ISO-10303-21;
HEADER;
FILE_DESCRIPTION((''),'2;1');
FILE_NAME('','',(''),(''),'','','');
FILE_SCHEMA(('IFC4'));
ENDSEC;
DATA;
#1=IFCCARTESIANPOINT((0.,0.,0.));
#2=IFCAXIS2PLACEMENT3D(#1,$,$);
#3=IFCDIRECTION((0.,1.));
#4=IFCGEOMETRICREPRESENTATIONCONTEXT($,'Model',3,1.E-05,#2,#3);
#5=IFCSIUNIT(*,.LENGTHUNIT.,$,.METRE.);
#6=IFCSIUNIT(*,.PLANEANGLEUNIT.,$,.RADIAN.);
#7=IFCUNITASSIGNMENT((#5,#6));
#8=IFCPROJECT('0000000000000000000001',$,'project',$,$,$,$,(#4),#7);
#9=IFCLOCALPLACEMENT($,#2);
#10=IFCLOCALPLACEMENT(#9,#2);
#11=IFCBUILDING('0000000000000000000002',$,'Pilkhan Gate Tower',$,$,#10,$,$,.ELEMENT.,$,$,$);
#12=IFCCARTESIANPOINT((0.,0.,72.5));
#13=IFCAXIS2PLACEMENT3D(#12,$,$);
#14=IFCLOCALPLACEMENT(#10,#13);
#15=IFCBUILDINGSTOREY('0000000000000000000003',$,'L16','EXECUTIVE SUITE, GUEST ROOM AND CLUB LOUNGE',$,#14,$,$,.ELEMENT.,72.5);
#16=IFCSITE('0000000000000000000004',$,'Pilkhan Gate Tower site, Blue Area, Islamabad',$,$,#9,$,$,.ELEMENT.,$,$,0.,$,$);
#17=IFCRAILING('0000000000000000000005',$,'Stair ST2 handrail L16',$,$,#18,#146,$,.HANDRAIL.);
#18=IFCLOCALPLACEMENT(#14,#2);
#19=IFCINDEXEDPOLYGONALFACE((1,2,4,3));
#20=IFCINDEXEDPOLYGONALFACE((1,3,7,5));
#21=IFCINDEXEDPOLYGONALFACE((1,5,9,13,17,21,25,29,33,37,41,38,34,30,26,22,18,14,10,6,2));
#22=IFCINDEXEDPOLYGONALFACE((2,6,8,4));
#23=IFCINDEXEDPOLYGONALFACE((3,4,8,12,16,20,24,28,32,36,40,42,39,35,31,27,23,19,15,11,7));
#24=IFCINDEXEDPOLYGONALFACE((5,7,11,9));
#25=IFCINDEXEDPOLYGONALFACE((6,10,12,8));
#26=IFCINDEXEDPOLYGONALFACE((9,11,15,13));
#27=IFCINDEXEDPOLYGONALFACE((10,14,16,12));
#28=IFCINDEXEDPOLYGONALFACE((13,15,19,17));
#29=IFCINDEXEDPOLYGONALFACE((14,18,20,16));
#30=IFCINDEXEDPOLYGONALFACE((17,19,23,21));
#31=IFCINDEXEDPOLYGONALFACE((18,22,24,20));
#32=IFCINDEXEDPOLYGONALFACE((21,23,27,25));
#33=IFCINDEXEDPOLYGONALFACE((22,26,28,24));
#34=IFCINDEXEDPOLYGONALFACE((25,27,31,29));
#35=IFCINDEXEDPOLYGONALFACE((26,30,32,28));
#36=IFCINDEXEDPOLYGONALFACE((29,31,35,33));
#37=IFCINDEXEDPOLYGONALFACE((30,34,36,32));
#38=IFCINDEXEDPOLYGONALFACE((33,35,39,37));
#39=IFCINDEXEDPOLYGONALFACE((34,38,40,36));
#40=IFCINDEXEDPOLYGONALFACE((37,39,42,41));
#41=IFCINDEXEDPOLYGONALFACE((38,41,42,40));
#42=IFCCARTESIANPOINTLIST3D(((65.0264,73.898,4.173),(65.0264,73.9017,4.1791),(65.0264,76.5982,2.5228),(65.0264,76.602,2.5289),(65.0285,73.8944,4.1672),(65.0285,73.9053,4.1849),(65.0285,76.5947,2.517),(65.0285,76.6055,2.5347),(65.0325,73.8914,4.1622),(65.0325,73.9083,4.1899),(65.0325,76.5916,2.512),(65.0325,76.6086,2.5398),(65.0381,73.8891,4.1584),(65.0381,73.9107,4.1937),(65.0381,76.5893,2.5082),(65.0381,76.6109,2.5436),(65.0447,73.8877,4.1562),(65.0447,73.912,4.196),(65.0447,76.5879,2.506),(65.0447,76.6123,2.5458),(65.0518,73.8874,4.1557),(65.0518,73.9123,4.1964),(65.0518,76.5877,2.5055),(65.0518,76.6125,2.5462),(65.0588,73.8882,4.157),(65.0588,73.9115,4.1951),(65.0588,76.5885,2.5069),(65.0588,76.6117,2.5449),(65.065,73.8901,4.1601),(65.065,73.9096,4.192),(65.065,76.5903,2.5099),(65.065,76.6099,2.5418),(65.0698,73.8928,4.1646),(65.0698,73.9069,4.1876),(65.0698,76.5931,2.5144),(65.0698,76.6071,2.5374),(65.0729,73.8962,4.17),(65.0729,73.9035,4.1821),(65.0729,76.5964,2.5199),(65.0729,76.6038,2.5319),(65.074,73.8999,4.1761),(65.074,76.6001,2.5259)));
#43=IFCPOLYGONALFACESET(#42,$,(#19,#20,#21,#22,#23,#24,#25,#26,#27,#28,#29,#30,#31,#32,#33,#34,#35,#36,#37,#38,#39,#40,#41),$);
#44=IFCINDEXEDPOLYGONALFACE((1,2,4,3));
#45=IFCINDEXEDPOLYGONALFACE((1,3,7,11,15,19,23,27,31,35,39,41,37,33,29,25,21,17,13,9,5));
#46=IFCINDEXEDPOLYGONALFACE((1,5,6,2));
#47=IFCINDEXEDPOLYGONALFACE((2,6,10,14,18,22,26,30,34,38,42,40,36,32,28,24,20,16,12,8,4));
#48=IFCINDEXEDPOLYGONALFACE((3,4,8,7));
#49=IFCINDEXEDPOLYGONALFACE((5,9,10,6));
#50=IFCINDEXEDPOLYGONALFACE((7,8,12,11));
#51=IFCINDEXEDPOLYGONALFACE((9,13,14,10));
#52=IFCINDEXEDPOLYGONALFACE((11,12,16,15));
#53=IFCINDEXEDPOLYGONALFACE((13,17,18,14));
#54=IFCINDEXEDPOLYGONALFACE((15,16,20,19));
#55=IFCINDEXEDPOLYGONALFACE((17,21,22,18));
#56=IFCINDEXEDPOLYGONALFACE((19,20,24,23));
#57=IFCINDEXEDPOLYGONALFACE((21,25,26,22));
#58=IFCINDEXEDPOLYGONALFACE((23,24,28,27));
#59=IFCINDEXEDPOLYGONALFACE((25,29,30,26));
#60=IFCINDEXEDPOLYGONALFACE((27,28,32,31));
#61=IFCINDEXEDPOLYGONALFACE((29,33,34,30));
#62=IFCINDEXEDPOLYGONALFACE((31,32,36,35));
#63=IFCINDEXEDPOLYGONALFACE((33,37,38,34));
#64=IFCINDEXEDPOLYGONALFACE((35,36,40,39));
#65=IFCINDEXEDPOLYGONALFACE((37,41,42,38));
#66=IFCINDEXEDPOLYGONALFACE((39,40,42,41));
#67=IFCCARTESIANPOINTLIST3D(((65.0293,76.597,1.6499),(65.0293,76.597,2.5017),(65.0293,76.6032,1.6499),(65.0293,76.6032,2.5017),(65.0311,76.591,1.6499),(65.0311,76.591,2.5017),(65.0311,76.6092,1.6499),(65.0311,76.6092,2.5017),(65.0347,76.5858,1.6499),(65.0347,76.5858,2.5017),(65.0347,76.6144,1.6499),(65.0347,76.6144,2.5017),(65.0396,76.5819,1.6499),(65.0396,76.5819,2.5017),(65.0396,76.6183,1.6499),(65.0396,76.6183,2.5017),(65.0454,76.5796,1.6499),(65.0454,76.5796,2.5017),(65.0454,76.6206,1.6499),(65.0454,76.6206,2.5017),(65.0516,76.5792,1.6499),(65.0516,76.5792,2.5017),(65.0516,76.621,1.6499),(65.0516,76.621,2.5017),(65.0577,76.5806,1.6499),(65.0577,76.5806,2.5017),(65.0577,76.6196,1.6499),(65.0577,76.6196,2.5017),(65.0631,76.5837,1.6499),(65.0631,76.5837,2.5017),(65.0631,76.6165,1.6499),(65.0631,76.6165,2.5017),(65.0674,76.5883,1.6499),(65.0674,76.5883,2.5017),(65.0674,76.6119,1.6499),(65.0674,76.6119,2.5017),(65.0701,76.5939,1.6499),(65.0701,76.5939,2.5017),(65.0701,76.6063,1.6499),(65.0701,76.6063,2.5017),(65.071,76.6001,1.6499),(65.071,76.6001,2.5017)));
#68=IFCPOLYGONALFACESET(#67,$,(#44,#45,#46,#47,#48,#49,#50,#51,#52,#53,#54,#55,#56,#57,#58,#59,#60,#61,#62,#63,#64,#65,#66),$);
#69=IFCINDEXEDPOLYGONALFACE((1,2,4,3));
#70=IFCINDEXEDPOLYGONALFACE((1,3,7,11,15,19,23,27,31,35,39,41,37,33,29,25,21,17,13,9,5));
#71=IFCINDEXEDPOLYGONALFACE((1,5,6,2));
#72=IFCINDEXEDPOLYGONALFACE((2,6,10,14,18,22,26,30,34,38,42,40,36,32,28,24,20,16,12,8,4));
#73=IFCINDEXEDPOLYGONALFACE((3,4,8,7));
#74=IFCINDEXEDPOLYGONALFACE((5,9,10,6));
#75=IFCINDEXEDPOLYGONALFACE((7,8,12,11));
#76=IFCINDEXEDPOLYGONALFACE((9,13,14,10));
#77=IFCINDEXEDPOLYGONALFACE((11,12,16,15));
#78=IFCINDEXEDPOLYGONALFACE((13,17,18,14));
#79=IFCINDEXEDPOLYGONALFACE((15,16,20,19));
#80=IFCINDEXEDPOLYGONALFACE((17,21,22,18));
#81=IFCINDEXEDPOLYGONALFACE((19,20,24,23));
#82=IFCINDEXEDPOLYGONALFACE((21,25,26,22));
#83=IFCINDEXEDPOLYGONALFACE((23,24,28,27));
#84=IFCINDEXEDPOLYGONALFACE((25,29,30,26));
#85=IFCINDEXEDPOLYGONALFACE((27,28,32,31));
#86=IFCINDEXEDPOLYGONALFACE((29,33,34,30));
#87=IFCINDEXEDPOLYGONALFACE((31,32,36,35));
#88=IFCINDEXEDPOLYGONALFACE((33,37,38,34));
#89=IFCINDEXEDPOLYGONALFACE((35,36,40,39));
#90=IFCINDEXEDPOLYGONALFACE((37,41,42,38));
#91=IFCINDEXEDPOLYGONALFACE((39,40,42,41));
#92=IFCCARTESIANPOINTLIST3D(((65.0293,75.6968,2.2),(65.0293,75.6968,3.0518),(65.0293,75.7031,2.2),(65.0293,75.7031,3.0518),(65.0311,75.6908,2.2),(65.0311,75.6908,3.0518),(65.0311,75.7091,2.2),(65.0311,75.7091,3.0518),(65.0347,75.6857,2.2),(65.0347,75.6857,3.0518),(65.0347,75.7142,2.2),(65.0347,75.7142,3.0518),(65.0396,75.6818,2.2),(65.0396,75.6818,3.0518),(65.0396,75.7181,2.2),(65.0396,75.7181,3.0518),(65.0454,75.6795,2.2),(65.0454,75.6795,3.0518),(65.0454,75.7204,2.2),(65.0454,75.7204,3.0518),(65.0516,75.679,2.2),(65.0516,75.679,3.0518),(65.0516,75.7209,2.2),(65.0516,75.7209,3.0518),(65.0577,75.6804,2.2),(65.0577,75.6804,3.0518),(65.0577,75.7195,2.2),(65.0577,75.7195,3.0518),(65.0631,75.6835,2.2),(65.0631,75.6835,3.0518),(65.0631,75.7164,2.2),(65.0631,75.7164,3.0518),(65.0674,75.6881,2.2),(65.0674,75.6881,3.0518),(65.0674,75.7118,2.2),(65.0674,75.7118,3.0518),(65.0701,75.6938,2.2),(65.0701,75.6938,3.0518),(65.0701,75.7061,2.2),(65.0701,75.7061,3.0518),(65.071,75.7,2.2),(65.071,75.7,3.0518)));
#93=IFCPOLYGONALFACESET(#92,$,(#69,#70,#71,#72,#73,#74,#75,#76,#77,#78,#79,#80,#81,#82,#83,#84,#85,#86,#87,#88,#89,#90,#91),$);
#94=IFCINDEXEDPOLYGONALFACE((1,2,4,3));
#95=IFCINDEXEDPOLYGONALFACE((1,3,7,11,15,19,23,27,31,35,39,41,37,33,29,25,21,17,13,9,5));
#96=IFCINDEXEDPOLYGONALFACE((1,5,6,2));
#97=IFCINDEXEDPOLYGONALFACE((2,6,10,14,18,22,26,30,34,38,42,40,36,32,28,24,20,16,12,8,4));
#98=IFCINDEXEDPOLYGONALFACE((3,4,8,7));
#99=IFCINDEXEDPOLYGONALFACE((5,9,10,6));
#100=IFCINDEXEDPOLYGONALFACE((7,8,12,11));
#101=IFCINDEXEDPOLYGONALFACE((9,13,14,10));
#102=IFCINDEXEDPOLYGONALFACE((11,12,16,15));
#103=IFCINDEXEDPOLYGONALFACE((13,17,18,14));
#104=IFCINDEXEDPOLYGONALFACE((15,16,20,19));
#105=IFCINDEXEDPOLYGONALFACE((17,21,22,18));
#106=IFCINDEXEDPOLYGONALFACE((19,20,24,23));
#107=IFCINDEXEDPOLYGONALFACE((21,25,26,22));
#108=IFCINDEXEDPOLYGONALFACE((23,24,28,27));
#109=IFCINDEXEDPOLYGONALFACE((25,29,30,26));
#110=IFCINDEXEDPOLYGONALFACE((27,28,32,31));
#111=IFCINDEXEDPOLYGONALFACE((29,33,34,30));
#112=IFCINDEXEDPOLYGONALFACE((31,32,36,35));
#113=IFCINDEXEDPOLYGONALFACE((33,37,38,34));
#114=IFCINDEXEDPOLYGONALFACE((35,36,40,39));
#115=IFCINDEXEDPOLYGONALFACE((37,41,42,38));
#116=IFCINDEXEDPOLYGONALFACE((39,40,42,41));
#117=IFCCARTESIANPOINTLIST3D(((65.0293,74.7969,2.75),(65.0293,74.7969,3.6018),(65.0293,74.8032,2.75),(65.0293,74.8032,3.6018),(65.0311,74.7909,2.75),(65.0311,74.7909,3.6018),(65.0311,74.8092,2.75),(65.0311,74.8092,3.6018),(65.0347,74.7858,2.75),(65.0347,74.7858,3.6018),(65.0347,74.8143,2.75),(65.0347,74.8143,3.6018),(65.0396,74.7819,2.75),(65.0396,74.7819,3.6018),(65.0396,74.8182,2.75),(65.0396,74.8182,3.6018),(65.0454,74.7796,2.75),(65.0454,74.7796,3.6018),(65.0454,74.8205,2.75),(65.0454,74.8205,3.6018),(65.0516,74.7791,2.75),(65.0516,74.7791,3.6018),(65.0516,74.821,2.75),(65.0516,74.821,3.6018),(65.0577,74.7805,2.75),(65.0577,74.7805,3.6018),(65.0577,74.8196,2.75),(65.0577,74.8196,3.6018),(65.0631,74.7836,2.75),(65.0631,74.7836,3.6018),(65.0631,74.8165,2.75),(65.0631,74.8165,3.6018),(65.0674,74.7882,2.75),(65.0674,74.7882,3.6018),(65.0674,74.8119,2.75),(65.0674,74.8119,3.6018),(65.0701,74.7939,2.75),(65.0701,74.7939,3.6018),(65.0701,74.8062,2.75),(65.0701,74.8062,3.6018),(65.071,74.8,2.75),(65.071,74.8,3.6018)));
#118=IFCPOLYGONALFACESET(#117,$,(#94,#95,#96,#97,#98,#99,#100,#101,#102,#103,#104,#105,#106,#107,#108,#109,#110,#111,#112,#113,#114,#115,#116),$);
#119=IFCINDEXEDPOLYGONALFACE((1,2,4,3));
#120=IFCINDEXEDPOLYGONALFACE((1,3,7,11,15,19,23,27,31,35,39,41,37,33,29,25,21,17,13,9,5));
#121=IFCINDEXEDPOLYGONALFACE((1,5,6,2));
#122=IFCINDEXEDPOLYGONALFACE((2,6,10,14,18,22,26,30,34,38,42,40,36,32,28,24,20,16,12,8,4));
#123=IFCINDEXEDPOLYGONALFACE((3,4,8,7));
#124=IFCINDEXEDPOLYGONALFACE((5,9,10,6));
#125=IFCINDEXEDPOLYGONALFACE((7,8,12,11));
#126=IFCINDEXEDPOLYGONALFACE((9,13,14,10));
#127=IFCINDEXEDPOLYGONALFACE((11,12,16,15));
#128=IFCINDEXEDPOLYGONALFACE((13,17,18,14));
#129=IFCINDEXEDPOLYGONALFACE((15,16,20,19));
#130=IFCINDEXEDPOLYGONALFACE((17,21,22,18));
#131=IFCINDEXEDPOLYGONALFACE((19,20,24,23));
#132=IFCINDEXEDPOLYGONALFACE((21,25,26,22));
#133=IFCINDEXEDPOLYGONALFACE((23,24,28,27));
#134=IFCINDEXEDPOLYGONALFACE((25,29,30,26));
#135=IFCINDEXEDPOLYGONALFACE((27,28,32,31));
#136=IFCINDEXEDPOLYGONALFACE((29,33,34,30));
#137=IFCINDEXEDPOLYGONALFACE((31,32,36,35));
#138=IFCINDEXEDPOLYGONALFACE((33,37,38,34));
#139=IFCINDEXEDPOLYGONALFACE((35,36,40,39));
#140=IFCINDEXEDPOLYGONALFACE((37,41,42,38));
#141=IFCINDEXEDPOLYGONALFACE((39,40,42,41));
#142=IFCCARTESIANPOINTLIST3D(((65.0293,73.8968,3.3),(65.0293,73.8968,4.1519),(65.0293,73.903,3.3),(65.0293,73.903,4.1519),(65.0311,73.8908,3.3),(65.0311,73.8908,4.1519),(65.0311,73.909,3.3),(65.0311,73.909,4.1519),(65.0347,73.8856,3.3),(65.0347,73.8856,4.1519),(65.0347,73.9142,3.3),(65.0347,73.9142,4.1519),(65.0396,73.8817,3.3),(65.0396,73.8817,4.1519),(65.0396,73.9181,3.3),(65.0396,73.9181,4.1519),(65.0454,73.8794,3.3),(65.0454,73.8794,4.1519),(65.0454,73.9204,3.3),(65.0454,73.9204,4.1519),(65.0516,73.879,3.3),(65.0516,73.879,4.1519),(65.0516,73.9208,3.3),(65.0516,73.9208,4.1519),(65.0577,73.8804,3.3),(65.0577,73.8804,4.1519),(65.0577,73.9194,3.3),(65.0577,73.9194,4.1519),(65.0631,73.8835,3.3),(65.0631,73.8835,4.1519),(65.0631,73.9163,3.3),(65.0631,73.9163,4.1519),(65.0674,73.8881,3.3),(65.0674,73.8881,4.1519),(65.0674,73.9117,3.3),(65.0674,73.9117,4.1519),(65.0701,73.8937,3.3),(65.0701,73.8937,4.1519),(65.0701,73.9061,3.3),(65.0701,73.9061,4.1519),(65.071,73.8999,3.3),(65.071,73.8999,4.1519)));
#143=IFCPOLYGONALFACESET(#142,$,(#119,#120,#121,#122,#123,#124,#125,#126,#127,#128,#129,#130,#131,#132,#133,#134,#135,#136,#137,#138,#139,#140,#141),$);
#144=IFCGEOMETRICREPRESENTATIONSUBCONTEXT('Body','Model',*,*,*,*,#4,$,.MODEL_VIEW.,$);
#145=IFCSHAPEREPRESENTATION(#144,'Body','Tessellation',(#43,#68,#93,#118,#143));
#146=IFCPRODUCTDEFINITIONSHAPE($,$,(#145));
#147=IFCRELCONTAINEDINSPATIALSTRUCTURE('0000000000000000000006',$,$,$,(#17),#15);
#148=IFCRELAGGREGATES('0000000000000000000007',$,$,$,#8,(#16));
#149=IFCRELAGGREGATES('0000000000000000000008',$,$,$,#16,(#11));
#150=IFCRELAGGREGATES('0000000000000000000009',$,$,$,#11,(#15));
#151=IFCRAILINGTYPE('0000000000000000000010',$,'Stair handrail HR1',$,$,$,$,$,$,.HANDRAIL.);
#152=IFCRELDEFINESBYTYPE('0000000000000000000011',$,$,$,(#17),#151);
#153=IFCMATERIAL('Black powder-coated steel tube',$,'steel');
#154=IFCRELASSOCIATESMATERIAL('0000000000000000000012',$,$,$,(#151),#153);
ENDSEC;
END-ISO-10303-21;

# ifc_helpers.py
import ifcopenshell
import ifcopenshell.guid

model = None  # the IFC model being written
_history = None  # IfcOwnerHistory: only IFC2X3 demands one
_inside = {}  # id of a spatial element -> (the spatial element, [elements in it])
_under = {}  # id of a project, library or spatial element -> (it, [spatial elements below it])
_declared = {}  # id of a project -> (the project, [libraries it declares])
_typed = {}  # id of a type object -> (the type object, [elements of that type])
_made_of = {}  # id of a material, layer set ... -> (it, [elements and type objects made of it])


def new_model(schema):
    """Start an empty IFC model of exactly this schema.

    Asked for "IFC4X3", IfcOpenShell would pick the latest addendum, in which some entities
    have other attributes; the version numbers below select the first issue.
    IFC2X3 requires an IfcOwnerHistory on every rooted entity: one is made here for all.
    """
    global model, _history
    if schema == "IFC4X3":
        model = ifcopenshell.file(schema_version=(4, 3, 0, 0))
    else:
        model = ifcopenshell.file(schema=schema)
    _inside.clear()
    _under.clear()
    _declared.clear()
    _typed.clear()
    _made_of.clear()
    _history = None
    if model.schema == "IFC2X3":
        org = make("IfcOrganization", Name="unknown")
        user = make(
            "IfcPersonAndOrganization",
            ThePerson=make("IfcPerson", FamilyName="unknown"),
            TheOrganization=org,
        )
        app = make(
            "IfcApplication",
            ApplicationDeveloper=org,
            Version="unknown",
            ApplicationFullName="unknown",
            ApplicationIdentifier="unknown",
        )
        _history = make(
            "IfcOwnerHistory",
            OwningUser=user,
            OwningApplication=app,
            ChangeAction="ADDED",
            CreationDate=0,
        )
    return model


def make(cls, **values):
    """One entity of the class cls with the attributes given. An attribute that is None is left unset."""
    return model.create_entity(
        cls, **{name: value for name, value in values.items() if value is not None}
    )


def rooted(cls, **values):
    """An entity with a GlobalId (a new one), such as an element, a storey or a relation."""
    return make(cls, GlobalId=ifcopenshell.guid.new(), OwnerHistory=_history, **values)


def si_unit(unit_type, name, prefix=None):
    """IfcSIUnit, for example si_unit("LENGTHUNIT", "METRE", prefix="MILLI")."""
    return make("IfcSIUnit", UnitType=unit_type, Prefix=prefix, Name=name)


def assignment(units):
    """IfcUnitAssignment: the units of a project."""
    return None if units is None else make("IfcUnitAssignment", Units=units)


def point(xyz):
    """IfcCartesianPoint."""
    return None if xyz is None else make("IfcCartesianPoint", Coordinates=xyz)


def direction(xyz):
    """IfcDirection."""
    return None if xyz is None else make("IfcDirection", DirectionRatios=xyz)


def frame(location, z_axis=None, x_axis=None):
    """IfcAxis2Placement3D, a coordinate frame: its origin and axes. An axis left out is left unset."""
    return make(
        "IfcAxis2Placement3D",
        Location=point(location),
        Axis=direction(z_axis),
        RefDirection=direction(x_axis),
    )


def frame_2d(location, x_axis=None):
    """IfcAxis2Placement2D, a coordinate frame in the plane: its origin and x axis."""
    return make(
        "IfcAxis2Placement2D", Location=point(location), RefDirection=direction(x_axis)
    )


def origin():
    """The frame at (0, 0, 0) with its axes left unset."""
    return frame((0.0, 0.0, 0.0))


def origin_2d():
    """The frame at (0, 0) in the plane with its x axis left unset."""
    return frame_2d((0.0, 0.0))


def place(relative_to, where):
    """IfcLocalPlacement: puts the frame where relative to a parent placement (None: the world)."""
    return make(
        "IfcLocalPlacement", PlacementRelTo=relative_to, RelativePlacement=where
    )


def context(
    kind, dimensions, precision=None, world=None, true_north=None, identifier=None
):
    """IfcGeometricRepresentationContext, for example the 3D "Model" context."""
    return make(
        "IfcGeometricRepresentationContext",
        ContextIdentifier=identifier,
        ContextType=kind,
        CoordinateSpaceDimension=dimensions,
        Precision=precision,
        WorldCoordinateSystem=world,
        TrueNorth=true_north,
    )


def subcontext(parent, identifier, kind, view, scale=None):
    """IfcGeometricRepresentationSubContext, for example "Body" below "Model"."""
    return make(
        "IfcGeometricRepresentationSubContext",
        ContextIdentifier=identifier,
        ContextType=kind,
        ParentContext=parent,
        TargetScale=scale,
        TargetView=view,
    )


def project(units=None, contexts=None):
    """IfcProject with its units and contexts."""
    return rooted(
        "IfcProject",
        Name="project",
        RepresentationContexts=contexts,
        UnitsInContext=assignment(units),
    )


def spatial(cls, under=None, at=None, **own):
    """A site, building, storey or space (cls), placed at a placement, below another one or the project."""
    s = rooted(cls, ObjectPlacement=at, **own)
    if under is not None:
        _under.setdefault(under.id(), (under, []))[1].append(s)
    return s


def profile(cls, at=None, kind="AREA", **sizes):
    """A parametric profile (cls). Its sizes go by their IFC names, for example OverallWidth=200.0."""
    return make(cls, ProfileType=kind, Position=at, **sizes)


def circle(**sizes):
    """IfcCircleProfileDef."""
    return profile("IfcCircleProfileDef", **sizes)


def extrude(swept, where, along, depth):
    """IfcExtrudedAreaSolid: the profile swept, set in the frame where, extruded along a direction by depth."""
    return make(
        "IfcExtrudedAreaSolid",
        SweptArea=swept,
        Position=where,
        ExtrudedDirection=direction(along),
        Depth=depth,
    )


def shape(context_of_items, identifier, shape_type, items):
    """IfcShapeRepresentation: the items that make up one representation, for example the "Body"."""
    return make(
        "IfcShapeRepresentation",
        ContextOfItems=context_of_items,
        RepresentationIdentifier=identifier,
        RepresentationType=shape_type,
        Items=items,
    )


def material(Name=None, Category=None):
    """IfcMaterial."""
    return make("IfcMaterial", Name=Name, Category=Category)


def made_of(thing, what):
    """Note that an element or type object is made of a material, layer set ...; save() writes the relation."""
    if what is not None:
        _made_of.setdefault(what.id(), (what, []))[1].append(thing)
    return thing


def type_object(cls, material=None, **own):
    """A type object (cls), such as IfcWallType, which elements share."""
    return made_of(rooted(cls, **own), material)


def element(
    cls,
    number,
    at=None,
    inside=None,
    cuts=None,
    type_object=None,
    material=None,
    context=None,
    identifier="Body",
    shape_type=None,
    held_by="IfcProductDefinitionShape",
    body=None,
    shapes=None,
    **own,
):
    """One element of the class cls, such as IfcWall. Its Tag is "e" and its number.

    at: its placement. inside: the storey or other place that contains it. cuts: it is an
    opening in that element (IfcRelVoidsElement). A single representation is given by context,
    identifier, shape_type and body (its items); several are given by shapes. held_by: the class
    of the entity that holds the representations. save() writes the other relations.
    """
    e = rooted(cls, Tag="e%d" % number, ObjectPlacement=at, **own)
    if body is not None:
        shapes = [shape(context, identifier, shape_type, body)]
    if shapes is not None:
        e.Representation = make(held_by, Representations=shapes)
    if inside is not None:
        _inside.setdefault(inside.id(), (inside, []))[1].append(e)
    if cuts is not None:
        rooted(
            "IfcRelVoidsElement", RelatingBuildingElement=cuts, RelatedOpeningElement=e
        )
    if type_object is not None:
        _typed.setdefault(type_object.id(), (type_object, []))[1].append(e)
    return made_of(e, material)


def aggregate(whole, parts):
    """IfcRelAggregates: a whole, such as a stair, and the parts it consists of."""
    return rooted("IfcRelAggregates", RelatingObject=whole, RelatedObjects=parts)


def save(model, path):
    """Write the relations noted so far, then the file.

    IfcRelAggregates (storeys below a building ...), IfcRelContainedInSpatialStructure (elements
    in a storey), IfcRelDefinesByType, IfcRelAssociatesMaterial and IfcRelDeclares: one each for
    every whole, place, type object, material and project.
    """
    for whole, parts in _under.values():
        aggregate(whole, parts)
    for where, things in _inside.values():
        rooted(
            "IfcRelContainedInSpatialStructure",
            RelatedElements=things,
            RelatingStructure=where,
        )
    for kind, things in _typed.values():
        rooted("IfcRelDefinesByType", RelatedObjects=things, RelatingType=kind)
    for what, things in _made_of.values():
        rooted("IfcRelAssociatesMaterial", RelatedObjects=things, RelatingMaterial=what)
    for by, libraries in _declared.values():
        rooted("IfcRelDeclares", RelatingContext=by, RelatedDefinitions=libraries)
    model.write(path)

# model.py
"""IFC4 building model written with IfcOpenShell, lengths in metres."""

from ifc_helpers import new_model, si_unit, direction, frame, origin, origin_2d, place, context, subcontext, project, spatial, circle, extrude, material, type_object, element, save


model = new_model("IFC4")

# Units and contexts
model_context = context("Model", 3, precision=1e-05, world=origin(), true_north=direction((0.0, 1.0)))
body_context = subcontext(model_context, "Body", "Model", "MODEL_VIEW")
ifc_project = project(units=[si_unit("LENGTHUNIT", "METRE"), si_unit("PLANEANGLEUNIT", "RADIAN")], contexts=[model_context])

# Site, building, storey
site_placement = place(None, origin())
site = spatial("IfcSite", under=ifc_project, at=site_placement, Name="Pilkhan Gate Tower site, Blue Area, Islamabad", CompositionType="ELEMENT", RefElevation=0.0)
building_placement = place(site_placement, origin())
building = spatial("IfcBuilding", under=site, at=building_placement, Name="Pilkhan Gate Tower", CompositionType="ELEMENT")
storey_placement = place(building_placement, frame((0.0, 0.0, 72.5)))
storey = spatial("IfcBuildingStorey", under=building, at=storey_placement, Name="L16", Description="EXECUTIVE SUITE, GUEST ROOM AND CLUB LOUNGE", CompositionType="ELEMENT", Elevation=72.5)

# Railing
ifc_material_1 = material(Name="Black powder-coated steel tube", Category="steel")
railing_type_1 = type_object("IfcRailingType", Name="Stair handrail HR1", PredefinedType="HANDRAIL", material=ifc_material_1)
railing_1_placement = place(storey_placement, frame((65.05, 76.6001, 1.6499)))
element("IfcRailing", 1, at=railing_1_placement, inside=storey, type_object=railing_type_1, Name="Stair ST2 handrail L16", PredefinedType="HANDRAIL", context=body_context, shape_type="SweptSolid", body=[
    extrude(circle(Radius=0.0239, at=origin_2d()), frame((0.0, 0.0, 0.876), z_axis=(0.0, -0.853278, 0.521456), x_axis=(1.0, 0.0, 0.0)), (0.0, 0.0, 1.0), 3.1646),
    extrude(circle(Radius=0.021, at=origin_2d()), origin(), (0.0, 0.0, 1.0), 0.8518),
    extrude(circle(Radius=0.021, at=origin_2d()), frame((0.0, -0.9001, 0.55)), (0.0, 0.0, 1.0), 0.8518),
    extrude(circle(Radius=0.021, at=origin_2d()), frame((0.0, -1.8, 1.1001)), (0.0, 0.0, 1.0), 0.8518),
    extrude(circle(Radius=0.021, at=origin_2d()), frame((0.0, -2.7002, 1.6501)), (0.0, 0.0, 1.0), 0.8518),
])

save(model, "model.ifc")
